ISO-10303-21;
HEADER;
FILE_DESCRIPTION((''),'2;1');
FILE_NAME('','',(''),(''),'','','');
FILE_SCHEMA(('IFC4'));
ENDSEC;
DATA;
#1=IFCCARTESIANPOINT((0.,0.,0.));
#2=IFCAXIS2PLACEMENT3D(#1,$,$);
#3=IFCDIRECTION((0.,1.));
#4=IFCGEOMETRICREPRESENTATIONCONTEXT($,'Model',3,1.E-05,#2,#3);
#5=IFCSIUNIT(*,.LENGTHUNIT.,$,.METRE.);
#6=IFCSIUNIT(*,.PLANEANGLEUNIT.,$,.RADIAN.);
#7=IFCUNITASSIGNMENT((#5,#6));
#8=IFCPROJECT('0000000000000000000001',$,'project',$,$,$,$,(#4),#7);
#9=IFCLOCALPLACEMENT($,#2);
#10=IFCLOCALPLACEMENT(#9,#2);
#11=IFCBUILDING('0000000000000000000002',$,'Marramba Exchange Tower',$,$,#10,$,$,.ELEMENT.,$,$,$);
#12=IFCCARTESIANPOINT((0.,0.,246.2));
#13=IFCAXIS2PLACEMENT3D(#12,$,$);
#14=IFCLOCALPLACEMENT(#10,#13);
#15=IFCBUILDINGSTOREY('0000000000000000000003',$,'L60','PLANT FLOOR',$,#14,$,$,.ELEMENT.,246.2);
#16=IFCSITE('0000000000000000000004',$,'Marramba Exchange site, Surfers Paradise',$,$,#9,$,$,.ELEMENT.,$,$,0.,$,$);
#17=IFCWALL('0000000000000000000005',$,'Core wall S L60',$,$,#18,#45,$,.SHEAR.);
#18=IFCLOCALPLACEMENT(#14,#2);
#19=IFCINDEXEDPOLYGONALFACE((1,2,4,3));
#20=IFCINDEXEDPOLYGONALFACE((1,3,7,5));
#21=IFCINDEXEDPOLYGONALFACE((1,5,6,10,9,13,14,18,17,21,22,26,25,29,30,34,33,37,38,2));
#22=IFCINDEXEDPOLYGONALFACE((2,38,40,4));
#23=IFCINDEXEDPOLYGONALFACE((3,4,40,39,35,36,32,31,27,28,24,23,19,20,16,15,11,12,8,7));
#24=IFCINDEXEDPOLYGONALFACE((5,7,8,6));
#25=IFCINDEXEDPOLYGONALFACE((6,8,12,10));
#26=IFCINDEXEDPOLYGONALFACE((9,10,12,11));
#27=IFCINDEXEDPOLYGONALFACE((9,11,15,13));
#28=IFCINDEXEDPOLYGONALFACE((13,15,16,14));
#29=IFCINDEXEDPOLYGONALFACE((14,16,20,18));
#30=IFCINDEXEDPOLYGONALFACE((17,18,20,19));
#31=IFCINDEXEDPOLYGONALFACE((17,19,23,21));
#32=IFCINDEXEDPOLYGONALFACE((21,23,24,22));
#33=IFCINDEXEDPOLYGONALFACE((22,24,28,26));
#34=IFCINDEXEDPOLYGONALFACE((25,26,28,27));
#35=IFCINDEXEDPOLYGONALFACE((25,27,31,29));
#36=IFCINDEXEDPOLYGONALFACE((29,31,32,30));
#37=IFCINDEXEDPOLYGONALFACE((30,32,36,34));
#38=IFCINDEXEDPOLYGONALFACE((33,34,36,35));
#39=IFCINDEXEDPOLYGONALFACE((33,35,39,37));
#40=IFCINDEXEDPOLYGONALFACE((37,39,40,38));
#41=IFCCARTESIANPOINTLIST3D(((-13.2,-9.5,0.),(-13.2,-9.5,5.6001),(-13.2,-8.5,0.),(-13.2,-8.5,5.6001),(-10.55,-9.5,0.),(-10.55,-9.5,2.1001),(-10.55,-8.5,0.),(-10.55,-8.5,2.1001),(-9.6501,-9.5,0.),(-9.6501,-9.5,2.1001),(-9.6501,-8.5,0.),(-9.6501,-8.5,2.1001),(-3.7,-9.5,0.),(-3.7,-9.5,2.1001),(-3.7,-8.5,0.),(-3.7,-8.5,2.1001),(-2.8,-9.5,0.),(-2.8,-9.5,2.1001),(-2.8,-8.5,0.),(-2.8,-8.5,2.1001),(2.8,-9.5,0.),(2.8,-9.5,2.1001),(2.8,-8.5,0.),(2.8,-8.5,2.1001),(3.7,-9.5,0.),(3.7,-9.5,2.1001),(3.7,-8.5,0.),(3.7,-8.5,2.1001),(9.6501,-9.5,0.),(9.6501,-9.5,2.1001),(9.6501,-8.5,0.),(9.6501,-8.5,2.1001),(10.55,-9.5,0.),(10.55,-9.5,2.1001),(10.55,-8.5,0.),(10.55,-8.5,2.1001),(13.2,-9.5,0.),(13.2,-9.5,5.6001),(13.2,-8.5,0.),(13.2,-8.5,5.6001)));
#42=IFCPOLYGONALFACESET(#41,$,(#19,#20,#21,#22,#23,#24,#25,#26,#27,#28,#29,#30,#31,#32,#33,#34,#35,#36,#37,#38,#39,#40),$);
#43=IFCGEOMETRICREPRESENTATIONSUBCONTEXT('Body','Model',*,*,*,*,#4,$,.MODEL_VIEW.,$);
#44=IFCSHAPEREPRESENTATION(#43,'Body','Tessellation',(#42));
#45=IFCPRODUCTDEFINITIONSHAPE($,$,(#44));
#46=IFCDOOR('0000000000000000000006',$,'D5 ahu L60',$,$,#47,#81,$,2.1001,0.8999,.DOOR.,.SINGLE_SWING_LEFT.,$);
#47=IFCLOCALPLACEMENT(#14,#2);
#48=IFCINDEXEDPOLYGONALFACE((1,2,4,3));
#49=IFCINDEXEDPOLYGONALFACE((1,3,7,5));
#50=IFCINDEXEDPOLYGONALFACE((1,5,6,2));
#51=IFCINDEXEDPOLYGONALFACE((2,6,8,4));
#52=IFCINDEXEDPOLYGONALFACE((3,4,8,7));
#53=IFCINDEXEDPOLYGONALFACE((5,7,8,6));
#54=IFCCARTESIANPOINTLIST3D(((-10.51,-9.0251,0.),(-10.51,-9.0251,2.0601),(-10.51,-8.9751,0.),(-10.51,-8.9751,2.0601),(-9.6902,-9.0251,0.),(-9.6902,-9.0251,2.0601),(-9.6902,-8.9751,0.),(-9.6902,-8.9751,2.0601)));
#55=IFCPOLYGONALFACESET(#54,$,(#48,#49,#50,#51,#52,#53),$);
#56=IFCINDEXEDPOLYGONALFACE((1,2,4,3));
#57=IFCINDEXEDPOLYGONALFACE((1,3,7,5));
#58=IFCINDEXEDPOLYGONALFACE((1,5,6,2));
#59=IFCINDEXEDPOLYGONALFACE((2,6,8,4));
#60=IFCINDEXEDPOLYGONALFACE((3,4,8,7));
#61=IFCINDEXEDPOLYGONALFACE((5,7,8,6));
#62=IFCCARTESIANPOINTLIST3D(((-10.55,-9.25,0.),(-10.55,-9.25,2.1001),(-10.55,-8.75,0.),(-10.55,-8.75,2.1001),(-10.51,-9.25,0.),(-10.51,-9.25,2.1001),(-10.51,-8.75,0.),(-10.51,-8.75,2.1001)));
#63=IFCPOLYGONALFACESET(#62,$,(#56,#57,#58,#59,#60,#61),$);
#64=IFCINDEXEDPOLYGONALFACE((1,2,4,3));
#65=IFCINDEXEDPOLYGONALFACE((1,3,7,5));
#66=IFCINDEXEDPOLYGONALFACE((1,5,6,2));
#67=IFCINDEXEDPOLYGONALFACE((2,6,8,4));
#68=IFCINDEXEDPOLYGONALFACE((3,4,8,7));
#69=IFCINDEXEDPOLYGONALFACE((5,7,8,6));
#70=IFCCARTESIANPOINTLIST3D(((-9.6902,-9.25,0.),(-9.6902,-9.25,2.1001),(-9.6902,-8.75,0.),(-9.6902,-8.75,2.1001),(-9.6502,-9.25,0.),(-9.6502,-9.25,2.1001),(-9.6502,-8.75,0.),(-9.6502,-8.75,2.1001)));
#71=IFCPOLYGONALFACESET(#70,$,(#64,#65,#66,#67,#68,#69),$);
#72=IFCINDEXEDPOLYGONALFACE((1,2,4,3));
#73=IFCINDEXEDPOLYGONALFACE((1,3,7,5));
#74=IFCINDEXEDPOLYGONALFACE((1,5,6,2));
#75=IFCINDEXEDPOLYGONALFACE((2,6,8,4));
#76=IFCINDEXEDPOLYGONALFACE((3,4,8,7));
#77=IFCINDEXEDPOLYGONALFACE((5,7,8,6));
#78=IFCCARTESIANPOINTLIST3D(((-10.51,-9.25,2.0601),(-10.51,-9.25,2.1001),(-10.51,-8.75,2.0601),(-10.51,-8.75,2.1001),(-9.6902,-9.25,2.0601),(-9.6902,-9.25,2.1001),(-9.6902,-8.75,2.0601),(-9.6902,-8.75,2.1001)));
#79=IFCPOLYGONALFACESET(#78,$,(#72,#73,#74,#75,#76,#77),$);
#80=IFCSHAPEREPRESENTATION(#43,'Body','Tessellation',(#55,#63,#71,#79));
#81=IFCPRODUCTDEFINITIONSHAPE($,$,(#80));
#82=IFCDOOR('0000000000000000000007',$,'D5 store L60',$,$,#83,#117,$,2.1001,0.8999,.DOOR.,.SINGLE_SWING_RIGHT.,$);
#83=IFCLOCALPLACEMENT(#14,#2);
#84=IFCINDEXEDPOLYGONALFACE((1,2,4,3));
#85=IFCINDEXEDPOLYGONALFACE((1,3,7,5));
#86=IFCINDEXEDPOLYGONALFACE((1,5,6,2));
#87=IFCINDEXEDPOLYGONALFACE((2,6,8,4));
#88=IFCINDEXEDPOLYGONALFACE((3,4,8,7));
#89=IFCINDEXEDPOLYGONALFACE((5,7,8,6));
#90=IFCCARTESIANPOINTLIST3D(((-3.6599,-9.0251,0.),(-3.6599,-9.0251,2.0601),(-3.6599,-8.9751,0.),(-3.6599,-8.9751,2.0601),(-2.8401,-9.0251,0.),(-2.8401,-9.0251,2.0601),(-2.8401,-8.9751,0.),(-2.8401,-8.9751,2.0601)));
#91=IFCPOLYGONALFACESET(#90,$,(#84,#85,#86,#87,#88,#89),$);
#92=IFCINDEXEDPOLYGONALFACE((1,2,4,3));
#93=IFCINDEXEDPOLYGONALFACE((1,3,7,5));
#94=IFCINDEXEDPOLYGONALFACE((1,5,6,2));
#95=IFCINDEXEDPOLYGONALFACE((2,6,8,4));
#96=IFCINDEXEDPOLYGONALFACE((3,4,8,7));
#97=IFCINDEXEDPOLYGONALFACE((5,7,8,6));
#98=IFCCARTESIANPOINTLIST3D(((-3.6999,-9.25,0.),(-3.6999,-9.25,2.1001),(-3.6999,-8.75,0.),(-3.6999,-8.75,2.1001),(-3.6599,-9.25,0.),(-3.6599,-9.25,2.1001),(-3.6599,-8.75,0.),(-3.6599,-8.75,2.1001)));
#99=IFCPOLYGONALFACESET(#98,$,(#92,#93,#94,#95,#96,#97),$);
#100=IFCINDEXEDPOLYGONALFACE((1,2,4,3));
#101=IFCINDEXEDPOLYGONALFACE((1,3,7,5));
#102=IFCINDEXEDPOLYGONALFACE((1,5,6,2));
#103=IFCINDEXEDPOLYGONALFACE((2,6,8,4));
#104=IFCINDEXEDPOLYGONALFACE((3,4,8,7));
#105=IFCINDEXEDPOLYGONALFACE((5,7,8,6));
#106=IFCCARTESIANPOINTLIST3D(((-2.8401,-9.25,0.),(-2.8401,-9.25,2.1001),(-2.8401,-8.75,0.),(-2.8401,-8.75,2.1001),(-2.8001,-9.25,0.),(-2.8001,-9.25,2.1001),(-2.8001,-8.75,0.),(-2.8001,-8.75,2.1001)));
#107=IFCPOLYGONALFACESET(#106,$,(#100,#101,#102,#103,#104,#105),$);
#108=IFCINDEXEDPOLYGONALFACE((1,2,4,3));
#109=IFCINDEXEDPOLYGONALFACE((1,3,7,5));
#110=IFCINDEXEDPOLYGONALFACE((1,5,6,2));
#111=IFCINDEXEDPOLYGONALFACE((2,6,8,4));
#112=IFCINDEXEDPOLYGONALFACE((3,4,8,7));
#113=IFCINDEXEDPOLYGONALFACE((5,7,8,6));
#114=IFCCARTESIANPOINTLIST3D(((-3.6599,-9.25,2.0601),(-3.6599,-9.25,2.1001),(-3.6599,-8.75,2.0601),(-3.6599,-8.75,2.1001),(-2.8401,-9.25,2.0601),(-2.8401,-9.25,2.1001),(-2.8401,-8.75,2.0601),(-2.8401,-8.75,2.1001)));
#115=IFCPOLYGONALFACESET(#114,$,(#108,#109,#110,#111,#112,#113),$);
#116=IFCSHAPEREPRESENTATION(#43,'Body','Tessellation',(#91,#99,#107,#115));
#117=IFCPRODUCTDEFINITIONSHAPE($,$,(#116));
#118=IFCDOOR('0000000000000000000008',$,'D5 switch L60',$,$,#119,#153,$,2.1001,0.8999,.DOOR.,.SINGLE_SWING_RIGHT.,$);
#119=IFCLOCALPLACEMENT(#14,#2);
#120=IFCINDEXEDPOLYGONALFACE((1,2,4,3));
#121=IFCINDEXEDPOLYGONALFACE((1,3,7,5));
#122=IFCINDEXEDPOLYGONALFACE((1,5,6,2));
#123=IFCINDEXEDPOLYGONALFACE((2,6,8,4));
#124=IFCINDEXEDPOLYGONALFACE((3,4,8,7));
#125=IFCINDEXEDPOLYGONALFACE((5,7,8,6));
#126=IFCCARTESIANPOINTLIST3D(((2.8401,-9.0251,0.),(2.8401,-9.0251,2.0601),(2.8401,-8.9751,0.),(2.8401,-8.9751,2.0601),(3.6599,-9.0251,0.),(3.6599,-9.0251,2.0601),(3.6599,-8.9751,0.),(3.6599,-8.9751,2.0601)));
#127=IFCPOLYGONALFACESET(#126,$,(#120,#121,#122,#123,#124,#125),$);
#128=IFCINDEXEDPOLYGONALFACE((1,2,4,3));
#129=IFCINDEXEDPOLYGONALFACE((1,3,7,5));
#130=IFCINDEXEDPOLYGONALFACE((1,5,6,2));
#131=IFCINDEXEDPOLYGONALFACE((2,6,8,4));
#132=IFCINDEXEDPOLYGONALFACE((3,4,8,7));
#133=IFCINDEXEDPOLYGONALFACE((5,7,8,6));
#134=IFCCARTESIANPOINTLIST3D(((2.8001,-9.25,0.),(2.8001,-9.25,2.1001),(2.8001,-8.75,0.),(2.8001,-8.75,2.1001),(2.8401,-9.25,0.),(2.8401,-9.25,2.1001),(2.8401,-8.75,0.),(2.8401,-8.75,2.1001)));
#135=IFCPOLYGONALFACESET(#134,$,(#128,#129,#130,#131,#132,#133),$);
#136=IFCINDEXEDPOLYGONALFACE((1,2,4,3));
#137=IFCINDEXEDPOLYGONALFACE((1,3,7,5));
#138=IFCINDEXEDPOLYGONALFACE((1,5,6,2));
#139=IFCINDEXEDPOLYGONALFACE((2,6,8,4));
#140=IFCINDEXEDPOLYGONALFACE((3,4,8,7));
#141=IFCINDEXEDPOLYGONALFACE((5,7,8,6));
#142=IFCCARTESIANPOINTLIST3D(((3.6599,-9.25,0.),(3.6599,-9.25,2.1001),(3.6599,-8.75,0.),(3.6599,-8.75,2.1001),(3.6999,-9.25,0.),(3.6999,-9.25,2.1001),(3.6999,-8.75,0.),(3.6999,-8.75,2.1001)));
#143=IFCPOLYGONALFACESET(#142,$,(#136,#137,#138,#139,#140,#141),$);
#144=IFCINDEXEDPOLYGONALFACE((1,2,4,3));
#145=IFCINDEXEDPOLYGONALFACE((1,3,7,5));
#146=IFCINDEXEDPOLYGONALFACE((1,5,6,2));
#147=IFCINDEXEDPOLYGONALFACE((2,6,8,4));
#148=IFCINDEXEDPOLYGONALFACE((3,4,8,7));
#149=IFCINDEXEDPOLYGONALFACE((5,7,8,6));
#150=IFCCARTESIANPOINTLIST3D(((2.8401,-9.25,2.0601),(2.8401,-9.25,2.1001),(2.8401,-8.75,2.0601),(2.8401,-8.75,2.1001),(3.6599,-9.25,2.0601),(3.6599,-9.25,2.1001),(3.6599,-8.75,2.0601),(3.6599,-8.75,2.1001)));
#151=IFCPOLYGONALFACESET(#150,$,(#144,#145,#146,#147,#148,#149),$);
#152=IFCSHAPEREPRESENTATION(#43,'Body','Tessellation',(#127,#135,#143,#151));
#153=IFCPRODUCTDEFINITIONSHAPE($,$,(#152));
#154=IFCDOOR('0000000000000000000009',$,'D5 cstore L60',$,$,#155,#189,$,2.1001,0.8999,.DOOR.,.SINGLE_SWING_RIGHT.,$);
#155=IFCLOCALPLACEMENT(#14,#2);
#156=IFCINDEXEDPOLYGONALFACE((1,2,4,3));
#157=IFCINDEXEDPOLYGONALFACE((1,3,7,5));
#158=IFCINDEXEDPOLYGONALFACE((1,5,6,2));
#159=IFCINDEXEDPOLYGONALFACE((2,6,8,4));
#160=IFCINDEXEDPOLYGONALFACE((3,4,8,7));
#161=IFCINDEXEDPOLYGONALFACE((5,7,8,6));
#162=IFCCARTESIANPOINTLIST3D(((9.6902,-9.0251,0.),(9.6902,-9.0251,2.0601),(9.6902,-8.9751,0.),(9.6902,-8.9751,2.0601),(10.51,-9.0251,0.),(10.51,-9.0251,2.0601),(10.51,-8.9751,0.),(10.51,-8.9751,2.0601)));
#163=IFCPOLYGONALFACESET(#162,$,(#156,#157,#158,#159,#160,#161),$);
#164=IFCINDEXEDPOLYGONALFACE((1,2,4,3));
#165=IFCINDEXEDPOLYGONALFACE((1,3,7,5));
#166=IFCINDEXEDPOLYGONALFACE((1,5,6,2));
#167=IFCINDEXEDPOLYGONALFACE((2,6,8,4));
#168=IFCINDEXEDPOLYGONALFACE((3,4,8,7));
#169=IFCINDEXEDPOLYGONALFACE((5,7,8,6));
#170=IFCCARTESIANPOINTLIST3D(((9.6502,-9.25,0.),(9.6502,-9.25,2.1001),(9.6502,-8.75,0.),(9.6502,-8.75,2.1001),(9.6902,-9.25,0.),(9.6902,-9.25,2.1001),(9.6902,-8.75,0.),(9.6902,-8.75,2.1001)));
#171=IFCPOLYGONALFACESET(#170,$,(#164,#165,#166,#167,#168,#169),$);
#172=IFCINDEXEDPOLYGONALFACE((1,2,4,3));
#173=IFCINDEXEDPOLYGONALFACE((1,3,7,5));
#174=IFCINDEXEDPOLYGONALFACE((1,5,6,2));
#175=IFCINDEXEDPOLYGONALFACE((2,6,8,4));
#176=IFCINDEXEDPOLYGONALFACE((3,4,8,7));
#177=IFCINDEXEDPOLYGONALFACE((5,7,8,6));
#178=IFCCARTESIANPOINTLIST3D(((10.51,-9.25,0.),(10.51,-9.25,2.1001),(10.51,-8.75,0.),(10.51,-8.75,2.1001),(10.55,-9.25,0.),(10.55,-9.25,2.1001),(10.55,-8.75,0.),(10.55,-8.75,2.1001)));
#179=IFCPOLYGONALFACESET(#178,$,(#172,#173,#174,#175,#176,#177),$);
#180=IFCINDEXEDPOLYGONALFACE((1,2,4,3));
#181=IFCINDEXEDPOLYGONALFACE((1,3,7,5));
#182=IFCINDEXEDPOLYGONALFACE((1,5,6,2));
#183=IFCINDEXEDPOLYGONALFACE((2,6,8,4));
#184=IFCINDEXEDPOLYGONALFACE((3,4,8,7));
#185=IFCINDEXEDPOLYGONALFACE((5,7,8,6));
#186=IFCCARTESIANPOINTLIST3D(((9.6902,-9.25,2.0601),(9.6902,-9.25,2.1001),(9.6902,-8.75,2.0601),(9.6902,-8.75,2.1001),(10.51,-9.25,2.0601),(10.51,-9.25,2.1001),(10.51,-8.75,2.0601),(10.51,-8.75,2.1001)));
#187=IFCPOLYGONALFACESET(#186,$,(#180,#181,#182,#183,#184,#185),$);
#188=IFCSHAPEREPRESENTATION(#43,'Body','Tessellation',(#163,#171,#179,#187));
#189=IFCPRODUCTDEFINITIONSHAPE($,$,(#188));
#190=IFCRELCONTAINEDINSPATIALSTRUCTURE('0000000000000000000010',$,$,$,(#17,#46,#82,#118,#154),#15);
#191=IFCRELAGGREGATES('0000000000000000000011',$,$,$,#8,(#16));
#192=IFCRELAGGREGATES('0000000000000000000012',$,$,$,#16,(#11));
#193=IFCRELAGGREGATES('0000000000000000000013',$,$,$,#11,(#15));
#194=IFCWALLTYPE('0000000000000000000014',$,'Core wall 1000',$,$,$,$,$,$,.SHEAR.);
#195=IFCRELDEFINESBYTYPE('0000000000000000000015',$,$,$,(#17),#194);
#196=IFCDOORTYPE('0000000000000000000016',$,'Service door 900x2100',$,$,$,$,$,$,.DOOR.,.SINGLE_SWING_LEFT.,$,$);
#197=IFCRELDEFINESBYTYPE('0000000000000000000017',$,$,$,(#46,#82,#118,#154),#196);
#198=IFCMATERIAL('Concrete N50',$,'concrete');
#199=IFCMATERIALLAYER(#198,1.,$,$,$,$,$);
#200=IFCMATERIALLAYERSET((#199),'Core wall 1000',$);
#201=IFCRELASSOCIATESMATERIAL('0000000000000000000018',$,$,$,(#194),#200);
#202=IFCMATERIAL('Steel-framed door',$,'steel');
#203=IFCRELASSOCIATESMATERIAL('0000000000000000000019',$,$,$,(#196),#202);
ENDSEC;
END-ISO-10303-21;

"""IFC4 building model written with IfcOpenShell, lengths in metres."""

from ifc_helpers import new_model, si_unit, direction, frame, frame_2d, origin, place, context, subcontext, project, spatial, rectangle, extrude, material, layer, layer_set, type_object, element, fill, save


model = new_model("IFC4")

# Units and contexts
model_context = context("Model", 3, precision=1e-05, world=origin(), true_north=direction((0.0, 1.0)))
body_context = subcontext(model_context, "Body", "Model", "MODEL_VIEW")
ifc_project = project(units=[si_unit("LENGTHUNIT", "METRE"), si_unit("PLANEANGLEUNIT", "RADIAN")], contexts=[model_context])

# Site, building, storey
site_placement = place(None, origin())
site = spatial("IfcSite", under=ifc_project, at=site_placement, Name="Marramba Exchange site, Surfers Paradise", CompositionType="ELEMENT", RefElevation=0.0)
building_placement = place(site_placement, origin())
building = spatial("IfcBuilding", under=site, at=building_placement, Name="Marramba Exchange Tower", CompositionType="ELEMENT")
storey_placement = place(building_placement, frame((0.0, 0.0, 246.2)))
storey = spatial("IfcBuildingStorey", under=building, at=storey_placement, Name="L60", Description="PLANT FLOOR", CompositionType="ELEMENT", Elevation=246.2)

# Shared definitions
ifc_material_1 = material(Name="Concrete N50", Category="concrete")

# Wall, openings, doors
ifc_layer_1 = layer(ifc_material_1, 1.0)
ifc_layer_set_1 = layer_set([ifc_layer_1], Name="Core wall 1000")
wall_type_1 = type_object("IfcWallType", Name="Core wall 1000", PredefinedType="SHEAR", material=ifc_layer_set_1)
wall_1_placement = place(storey_placement, frame((-13.2, -9.0, 0.0), z_axis=(0.0, 0.0, 1.0), x_axis=(1.0, 0.0, 0.0)))
wall_1 = element("IfcWall", 1, at=wall_1_placement, inside=storey, type_object=wall_type_1, Name="Core wall S L60", PredefinedType="SHEAR", context=body_context, shape_type="SweptSolid", body=[
    extrude(rectangle(XDim=26.3999, YDim=1.0, at=frame_2d((13.2, 0.0))), origin(), (0.0, 0.0, 1.0), 5.6001),
])
opening_1_placement = place(wall_1_placement, frame((2.6499, 0.0, 0.0)))
opening_1 = element("IfcOpeningElement", 2, at=opening_1_placement, cuts=wall_1, PredefinedType="OPENING", context=body_context, shape_type="SweptSolid", body=[
    extrude(rectangle(XDim=0.8999, YDim=2.1001, at=frame_2d((0.45, 1.05))), frame((0.0, 0.51, 0.0), z_axis=(0.0, -1.0, 0.0), x_axis=(1.0, 0.0, 0.0)), (0.0, 0.0, 1.0), 1.02),
])
opening_2_placement = place(wall_1_placement, frame((9.5, 0.0, 0.0)))
opening_2 = element("IfcOpeningElement", 3, at=opening_2_placement, cuts=wall_1, PredefinedType="OPENING", context=body_context, shape_type="SweptSolid", body=[
    extrude(rectangle(XDim=0.8999, YDim=2.1001, at=frame_2d((0.45, 1.05))), frame((0.0, 0.51, 0.0), z_axis=(0.0, -1.0, 0.0), x_axis=(1.0, 0.0, 0.0)), (0.0, 0.0, 1.0), 1.02),
])
opening_3_placement = place(wall_1_placement, frame((16.0, 0.0, 0.0)))
opening_3 = element("IfcOpeningElement", 4, at=opening_3_placement, cuts=wall_1, PredefinedType="OPENING", context=body_context, shape_type="SweptSolid", body=[
    extrude(rectangle(XDim=0.8999, YDim=2.1001, at=frame_2d((0.45, 1.05))), frame((0.0, 0.51, 0.0), z_axis=(0.0, -1.0, 0.0), x_axis=(1.0, 0.0, 0.0)), (0.0, 0.0, 1.0), 1.02),
])
opening_4_placement = place(wall_1_placement, frame((22.8501, 0.0, 0.0)))
opening_4 = element("IfcOpeningElement", 5, at=opening_4_placement, cuts=wall_1, PredefinedType="OPENING", context=body_context, shape_type="SweptSolid", body=[
    extrude(rectangle(XDim=0.8999, YDim=2.1001, at=frame_2d((0.45, 1.05))), frame((0.0, 0.51, 0.0), z_axis=(0.0, -1.0, 0.0), x_axis=(1.0, 0.0, 0.0)), (0.0, 0.0, 1.0), 1.02),
])
ifc_material_2 = material(Name="Steel-framed door", Category="steel")
door_type_1 = type_object("IfcDoorType", Name="Service door 900x2100", OperationType="SINGLE_SWING_LEFT", PredefinedType="DOOR", material=ifc_material_2)
door_1_placement = place(opening_1_placement, origin())
door_1 = element("IfcDoor", 6, at=door_1_placement, inside=storey, type_object=door_type_1, Name="D5 ahu L60", OperationType="SINGLE_SWING_LEFT", OverallHeight=2.1001, OverallWidth=0.8999, PredefinedType="DOOR", context=body_context, shape_type="SweptSolid", body=[
    extrude(rectangle(XDim=0.8198, YDim=2.0601, at=frame_2d((0.45, 1.03))), frame((0.0, 0.0249, 0.0), z_axis=(0.0, -1.0, 0.0), x_axis=(1.0, 0.0, 0.0)), (0.0, 0.0, 1.0), 0.05),
    extrude(rectangle(XDim=0.04, YDim=2.1001, at=frame_2d((0.02, 1.05))), frame((0.0, 0.25, 0.0), z_axis=(0.0, -1.0, 0.0), x_axis=(1.0, 0.0, 0.0)), (0.0, 0.0, 1.0), 0.5),
    extrude(rectangle(XDim=0.04, YDim=2.1001, at=frame_2d((0.8799, 1.05))), frame((0.0, 0.25, 0.0), z_axis=(0.0, -1.0, 0.0), x_axis=(1.0, 0.0, 0.0)), (0.0, 0.0, 1.0), 0.5),
    extrude(rectangle(XDim=0.8198, YDim=0.04, at=frame_2d((0.45, 2.0801))), frame((0.0, 0.25, 0.0), z_axis=(0.0, -1.0, 0.0), x_axis=(1.0, 0.0, 0.0)), (0.0, 0.0, 1.0), 0.5),
])
fill(opening_1, door_1)
door_2_placement = place(opening_2_placement, origin())
door_2 = element("IfcDoor", 7, at=door_2_placement, inside=storey, type_object=door_type_1, Name="D5 store L60", OperationType="SINGLE_SWING_RIGHT", OverallHeight=2.1001, OverallWidth=0.8999, PredefinedType="DOOR", context=body_context, shape_type="SweptSolid", body=[
    extrude(rectangle(XDim=0.8198, YDim=2.0601, at=frame_2d((0.45, 1.03))), frame((0.0, 0.0249, 0.0), z_axis=(0.0, -1.0, 0.0), x_axis=(1.0, 0.0, 0.0)), (0.0, 0.0, 1.0), 0.05),
    extrude(rectangle(XDim=0.04, YDim=2.1001, at=frame_2d((0.02, 1.05))), frame((0.0, 0.25, 0.0), z_axis=(0.0, -1.0, 0.0), x_axis=(1.0, 0.0, 0.0)), (0.0, 0.0, 1.0), 0.5),
    extrude(rectangle(XDim=0.04, YDim=2.1001, at=frame_2d((0.8799, 1.05))), frame((0.0, 0.25, 0.0), z_axis=(0.0, -1.0, 0.0), x_axis=(1.0, 0.0, 0.0)), (0.0, 0.0, 1.0), 0.5),
    extrude(rectangle(XDim=0.8198, YDim=0.04, at=frame_2d((0.45, 2.0801))), frame((0.0, 0.25, 0.0), z_axis=(0.0, -1.0, 0.0), x_axis=(1.0, 0.0, 0.0)), (0.0, 0.0, 1.0), 0.5),
])
fill(opening_2, door_2)
door_3_placement = place(opening_3_placement, origin())
door_3 = element("IfcDoor", 8, at=door_3_placement, inside=storey, type_object=door_type_1, Name="D5 switch L60", OperationType="SINGLE_SWING_RIGHT", OverallHeight=2.1001, OverallWidth=0.8999, PredefinedType="DOOR", context=body_context, shape_type="SweptSolid", body=[
    extrude(rectangle(XDim=0.8198, YDim=2.0601, at=frame_2d((0.45, 1.03))), frame((0.0, 0.0249, 0.0), z_axis=(0.0, -1.0, 0.0), x_axis=(1.0, 0.0, 0.0)), (0.0, 0.0, 1.0), 0.05),
    extrude(rectangle(XDim=0.04, YDim=2.1001, at=frame_2d((0.02, 1.05))), frame((0.0, 0.25, 0.0), z_axis=(0.0, -1.0, 0.0), x_axis=(1.0, 0.0, 0.0)), (0.0, 0.0, 1.0), 0.5),
    extrude(rectangle(XDim=0.04, YDim=2.1001, at=frame_2d((0.8799, 1.05))), frame((0.0, 0.25, 0.0), z_axis=(0.0, -1.0, 0.0), x_axis=(1.0, 0.0, 0.0)), (0.0, 0.0, 1.0), 0.5),
    extrude(rectangle(XDim=0.8198, YDim=0.04, at=frame_2d((0.45, 2.0801))), frame((0.0, 0.25, 0.0), z_axis=(0.0, -1.0, 0.0), x_axis=(1.0, 0.0, 0.0)), (0.0, 0.0, 1.0), 0.5),
])
fill(opening_3, door_3)
door_4_placement = place(opening_4_placement, origin())
door_4 = element("IfcDoor", 9, at=door_4_placement, inside=storey, type_object=door_type_1, Name="D5 cstore L60", OperationType="SINGLE_SWING_RIGHT", OverallHeight=2.1001, OverallWidth=0.8999, PredefinedType="DOOR", context=body_context, shape_type="SweptSolid", body=[
    extrude(rectangle(XDim=0.8198, YDim=2.0601, at=frame_2d((0.45, 1.03))), frame((0.0, 0.0249, 0.0), z_axis=(0.0, -1.0, 0.0), x_axis=(1.0, 0.0, 0.0)), (0.0, 0.0, 1.0), 0.05),
    extrude(rectangle(XDim=0.04, YDim=2.1001, at=frame_2d((0.02, 1.05))), frame((0.0, 0.25, 0.0), z_axis=(0.0, -1.0, 0.0), x_axis=(1.0, 0.0, 0.0)), (0.0, 0.0, 1.0), 0.5),
    extrude(rectangle(XDim=0.04, YDim=2.1001, at=frame_2d((0.8799, 1.05))), frame((0.0, 0.25, 0.0), z_axis=(0.0, -1.0, 0.0), x_axis=(1.0, 0.0, 0.0)), (0.0, 0.0, 1.0), 0.5),
    extrude(rectangle(XDim=0.8198, YDim=0.04, at=frame_2d((0.45, 2.0801))), frame((0.0, 0.25, 0.0), z_axis=(0.0, -1.0, 0.0), x_axis=(1.0, 0.0, 0.0)), (0.0, 0.0, 1.0), 0.5),
])
fill(opening_4, door_4)

save(model, "model.ifc")
